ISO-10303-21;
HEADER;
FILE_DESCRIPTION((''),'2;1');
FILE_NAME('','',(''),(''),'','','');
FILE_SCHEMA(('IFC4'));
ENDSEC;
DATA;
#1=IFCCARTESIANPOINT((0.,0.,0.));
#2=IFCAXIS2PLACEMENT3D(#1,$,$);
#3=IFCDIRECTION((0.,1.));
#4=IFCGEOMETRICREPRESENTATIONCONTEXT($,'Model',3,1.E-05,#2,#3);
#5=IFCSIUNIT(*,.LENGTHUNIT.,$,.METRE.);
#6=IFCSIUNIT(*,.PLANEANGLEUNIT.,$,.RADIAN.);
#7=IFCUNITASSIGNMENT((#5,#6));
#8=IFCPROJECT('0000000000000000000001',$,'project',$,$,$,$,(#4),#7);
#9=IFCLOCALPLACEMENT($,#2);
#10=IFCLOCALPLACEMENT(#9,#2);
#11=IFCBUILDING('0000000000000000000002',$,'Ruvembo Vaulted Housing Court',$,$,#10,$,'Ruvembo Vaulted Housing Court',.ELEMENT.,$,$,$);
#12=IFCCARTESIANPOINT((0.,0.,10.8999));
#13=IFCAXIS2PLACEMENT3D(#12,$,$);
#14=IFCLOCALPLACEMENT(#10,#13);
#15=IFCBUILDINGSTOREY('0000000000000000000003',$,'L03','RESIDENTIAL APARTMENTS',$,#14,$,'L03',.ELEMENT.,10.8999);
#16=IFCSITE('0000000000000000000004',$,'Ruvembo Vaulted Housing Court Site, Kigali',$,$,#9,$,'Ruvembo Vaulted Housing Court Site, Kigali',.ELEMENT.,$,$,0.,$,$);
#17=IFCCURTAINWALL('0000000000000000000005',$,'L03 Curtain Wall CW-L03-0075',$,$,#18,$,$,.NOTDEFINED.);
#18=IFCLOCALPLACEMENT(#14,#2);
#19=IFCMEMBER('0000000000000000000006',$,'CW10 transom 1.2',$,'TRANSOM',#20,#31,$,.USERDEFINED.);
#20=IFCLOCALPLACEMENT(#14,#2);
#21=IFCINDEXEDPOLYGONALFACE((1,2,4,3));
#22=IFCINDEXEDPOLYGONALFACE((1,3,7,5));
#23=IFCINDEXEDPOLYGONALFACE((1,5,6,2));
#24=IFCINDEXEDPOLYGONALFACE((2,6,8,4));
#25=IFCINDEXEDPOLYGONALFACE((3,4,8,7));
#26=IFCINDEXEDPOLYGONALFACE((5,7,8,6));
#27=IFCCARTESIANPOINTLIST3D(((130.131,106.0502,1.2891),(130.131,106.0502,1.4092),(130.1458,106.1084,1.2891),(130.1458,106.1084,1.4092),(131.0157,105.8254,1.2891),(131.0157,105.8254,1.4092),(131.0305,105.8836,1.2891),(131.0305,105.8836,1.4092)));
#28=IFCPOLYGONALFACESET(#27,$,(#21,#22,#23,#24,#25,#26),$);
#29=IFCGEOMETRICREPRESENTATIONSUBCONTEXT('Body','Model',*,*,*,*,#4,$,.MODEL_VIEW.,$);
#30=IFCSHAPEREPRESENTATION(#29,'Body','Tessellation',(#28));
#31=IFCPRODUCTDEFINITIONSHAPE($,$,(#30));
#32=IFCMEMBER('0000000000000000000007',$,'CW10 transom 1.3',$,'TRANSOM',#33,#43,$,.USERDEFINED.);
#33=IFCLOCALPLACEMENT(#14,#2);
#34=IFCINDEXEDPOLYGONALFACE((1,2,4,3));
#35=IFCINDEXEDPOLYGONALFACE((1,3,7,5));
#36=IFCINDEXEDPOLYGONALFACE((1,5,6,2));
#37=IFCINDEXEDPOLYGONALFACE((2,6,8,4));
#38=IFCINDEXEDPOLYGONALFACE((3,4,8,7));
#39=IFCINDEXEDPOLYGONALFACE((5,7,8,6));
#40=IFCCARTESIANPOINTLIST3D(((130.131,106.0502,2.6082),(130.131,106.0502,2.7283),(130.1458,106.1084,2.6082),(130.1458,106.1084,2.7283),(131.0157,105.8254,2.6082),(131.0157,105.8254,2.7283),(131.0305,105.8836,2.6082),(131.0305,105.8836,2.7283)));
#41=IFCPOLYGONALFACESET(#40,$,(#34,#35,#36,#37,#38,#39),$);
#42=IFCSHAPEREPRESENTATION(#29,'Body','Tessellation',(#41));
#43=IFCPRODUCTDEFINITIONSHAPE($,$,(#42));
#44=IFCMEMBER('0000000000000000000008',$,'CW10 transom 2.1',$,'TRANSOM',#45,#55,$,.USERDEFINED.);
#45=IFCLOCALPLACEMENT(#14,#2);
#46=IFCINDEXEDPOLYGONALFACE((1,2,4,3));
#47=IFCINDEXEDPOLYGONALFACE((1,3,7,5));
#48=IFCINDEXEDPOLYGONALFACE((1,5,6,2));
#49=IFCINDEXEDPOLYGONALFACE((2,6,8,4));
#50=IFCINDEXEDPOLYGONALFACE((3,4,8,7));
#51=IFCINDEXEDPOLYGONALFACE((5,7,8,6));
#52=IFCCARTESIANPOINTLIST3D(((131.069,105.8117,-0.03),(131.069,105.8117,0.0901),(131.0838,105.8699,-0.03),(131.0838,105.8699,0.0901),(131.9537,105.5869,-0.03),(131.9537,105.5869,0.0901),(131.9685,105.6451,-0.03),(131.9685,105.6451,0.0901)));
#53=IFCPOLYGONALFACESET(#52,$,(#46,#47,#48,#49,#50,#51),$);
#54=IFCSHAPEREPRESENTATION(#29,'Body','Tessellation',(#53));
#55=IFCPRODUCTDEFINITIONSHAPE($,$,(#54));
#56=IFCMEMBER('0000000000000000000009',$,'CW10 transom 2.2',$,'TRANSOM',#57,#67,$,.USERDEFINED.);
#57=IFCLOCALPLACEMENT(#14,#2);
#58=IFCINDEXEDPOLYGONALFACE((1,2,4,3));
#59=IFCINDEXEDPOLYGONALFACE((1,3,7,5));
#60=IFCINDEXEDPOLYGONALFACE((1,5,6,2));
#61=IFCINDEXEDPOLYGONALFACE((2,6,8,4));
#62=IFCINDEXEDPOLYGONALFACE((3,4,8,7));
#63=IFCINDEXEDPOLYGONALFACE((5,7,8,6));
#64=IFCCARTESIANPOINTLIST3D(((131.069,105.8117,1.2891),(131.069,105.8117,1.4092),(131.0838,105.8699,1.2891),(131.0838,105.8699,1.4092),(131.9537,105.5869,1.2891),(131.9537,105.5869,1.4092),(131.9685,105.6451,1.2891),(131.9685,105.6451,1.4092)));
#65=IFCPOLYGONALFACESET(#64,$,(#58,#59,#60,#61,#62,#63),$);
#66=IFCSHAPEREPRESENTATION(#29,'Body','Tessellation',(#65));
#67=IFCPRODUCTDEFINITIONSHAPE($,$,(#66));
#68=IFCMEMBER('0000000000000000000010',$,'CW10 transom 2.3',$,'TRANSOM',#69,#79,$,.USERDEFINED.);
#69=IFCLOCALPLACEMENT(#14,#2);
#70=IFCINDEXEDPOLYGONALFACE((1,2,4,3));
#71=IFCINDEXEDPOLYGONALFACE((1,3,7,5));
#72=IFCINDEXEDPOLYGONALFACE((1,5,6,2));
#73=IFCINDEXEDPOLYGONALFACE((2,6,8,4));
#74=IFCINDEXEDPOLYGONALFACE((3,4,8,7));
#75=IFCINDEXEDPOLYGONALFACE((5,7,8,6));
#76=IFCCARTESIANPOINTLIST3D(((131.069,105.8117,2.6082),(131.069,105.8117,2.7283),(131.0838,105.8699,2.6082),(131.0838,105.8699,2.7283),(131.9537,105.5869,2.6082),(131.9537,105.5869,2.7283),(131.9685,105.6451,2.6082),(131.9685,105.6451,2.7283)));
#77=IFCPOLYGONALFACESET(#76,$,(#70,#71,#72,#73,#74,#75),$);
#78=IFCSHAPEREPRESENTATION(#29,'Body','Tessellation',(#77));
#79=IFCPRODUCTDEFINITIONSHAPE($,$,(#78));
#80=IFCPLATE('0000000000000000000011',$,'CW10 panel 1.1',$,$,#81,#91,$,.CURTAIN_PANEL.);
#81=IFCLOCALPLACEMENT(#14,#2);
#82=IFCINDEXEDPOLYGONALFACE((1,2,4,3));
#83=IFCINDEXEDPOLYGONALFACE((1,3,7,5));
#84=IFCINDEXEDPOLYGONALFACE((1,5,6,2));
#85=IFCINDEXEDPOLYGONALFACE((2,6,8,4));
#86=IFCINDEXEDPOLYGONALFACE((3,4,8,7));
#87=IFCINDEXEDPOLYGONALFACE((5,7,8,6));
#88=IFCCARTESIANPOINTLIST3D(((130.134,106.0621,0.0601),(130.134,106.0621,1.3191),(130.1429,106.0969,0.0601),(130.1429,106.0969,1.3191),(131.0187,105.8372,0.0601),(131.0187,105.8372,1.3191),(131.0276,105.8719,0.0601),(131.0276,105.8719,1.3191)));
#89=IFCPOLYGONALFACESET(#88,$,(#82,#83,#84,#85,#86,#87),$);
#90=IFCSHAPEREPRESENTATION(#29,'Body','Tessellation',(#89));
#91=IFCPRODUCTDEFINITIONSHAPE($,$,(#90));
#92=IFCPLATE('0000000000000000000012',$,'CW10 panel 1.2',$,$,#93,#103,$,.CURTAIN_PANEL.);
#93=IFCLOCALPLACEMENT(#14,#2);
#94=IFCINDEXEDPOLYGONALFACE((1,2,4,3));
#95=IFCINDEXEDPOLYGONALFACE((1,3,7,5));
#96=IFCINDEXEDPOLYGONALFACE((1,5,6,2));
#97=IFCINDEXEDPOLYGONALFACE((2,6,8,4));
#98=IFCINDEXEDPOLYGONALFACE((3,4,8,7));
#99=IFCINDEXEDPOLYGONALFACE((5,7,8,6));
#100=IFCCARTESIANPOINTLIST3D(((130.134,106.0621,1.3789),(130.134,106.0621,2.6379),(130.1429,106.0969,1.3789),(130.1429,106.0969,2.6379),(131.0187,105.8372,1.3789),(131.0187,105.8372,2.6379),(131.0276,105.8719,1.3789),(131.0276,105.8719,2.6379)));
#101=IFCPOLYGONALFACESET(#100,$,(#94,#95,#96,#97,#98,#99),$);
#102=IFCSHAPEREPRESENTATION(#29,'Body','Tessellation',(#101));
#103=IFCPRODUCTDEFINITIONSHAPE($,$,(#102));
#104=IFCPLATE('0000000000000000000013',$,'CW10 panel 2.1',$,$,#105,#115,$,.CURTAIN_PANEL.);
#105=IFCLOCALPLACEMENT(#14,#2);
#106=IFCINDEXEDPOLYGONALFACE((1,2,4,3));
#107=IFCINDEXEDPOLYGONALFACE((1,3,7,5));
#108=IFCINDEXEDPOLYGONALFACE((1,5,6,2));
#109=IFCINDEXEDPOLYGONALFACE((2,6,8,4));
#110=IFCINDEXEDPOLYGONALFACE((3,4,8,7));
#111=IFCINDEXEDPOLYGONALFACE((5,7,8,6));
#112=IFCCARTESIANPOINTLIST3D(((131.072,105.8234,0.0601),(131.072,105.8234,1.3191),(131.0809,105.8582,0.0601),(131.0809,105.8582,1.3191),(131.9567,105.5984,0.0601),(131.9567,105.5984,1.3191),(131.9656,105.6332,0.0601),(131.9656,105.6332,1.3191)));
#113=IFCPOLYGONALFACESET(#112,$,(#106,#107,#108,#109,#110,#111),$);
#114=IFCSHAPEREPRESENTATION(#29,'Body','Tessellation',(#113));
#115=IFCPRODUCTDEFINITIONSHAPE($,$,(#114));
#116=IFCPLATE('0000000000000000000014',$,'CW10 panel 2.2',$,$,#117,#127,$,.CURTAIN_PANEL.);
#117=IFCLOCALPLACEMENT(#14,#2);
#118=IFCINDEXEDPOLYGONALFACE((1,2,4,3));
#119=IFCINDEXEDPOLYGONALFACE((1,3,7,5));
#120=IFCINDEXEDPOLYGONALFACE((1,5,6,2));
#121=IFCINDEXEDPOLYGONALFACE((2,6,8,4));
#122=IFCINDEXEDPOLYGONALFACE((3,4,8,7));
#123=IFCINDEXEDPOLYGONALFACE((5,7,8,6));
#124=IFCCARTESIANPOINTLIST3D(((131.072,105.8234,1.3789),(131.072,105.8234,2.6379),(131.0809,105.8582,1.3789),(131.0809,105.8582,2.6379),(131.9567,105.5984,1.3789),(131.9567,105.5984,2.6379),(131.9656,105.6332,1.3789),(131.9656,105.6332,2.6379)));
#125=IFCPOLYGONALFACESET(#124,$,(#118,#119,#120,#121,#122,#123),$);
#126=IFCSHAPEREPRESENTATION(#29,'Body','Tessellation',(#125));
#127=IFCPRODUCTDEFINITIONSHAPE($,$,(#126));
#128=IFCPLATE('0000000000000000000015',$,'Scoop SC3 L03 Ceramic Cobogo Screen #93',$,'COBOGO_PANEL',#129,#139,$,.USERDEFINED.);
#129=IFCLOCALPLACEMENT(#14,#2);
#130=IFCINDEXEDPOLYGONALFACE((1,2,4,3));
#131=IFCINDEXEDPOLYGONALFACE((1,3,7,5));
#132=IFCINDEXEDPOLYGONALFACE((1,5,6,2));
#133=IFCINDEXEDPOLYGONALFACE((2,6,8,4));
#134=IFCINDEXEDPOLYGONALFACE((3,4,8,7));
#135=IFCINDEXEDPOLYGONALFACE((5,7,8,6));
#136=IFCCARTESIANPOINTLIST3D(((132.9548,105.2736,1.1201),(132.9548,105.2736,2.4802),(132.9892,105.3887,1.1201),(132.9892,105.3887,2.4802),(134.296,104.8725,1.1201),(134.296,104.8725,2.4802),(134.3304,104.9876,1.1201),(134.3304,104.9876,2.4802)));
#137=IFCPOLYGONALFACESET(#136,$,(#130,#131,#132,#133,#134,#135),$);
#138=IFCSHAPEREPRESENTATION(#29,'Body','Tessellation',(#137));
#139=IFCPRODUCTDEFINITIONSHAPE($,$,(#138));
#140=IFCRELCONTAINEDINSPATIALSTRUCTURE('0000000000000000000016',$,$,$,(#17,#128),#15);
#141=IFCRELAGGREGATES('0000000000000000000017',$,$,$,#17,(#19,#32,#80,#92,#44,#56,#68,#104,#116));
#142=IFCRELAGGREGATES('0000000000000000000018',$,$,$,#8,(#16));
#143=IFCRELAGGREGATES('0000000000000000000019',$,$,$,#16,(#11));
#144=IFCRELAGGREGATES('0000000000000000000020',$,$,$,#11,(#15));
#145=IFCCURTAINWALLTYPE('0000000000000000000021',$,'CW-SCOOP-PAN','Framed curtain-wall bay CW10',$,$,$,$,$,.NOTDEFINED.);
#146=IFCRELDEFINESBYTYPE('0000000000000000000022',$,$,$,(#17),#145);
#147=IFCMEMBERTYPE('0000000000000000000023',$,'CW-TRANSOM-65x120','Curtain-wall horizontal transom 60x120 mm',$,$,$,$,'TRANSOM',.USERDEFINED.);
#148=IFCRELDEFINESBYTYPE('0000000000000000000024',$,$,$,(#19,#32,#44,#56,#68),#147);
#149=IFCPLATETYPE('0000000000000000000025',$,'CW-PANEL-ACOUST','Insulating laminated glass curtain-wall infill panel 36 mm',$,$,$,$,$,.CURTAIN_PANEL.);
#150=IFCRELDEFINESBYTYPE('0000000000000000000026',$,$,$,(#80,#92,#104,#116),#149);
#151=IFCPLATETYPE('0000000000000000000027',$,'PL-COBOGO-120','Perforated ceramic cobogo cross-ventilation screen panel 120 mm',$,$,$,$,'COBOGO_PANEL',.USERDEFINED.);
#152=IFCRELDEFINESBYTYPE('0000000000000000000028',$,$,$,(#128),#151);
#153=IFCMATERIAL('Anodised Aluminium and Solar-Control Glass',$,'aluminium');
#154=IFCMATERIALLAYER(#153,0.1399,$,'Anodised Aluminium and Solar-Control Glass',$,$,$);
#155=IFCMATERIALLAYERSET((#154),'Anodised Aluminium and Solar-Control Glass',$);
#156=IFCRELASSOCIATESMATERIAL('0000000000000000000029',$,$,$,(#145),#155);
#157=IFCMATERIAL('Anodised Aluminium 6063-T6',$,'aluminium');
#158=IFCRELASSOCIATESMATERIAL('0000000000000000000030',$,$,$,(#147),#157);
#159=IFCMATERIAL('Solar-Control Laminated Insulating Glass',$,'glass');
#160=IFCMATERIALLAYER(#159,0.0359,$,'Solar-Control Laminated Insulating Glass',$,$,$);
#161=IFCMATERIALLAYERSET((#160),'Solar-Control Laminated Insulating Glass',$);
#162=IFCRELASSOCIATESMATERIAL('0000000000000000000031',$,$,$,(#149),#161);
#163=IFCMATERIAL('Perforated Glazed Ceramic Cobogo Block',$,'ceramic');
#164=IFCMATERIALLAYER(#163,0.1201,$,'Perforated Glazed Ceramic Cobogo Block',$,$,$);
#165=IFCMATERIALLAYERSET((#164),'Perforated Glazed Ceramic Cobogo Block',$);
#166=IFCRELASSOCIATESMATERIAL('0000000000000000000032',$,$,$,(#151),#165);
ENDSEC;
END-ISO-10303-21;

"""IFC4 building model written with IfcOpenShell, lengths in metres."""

from ifc_helpers import new_model, si_unit, direction, frame, origin, origin_2d, place, context, subcontext, project, spatial, rectangle, extrude, material, layer, layer_set, material_profile, profile_set, type_object, element, aggregate, save


model = new_model("IFC4")

# Units and contexts
model_context = context("Model", 3, precision=1e-05, world=origin(), true_north=direction((0.0, 1.0)))
body_context = subcontext(model_context, "Body", "Model", "MODEL_VIEW")
ifc_project = project(units=[si_unit("LENGTHUNIT", "METRE"), si_unit("PLANEANGLEUNIT", "RADIAN")], contexts=[model_context])

# Site, building, storey
site_placement = place(None, origin())
site = spatial("IfcSite", under=ifc_project, at=site_placement, Name="Ruvembo Vaulted Housing Court Site, Kigali", LongName="Ruvembo Vaulted Housing Court Site, Kigali", CompositionType="ELEMENT", RefElevation=0.0)
building_placement = place(site_placement, origin())
building = spatial("IfcBuilding", under=site, at=building_placement, Name="Ruvembo Vaulted Housing Court", LongName="Ruvembo Vaulted Housing Court", CompositionType="ELEMENT")
storey_placement = place(building_placement, frame((0.0, 0.0, 10.8999)))
storey = spatial("IfcBuildingStorey", under=building, at=storey_placement, Name="L03", Description="RESIDENTIAL APARTMENTS", LongName="L03", CompositionType="ELEMENT", Elevation=10.8999)

# Curtain wall, members, plates
ifc_material_1 = material(Name="Anodised Aluminium and Solar-Control Glass", Category="aluminium")
ifc_layer_1 = layer(ifc_material_1, 0.1399, Name="Anodised Aluminium and Solar-Control Glass")
ifc_layer_set_1 = layer_set([ifc_layer_1], Name="Anodised Aluminium and Solar-Control Glass")
curtain_wall_type = type_object("IfcCurtainWallType", Name="CW-SCOOP-PAN", Description="Framed curtain-wall bay CW10", PredefinedType="NOTDEFINED", material=ifc_layer_set_1)
curtain_wall_placement = place(storey_placement, origin())
curtain_wall = element("IfcCurtainWall", 1, at=curtain_wall_placement, inside=storey, type_object=curtain_wall_type, Name="L03 Curtain Wall CW-L03-0075", PredefinedType="NOTDEFINED")
ifc_material_2 = material(Name="Anodised Aluminium 6063-T6", Category="aluminium")
ifc_material_profile_1 = material_profile(ifc_material_2, rectangle(XDim=0.0601, YDim=0.1201, at=origin_2d()), Name="ALU 60x120")
ifc_profile_set_1 = profile_set([ifc_material_profile_1], Name="Anodised Aluminium 6063-T6")
member_type_1 = type_object("IfcMemberType", Name="CW-TRANSOM-65x120", Description="Curtain-wall horizontal transom 60x120 mm", ElementType="TRANSOM", PredefinedType="USERDEFINED", material=ifc_profile_set_1)
member_1_placement = place(storey_placement, frame((130.1384, 106.0793, 1.3491), z_axis=(0.969191, -0.246309, 0.0), x_axis=(0.246309, 0.969191, 0.0)))
member_1 = element("IfcMember", 2, at=member_1_placement, type_object=member_type_1, Name="CW10 transom 1.2", ObjectType="TRANSOM", PredefinedType="USERDEFINED", context=body_context, shape_type="SweptSolid", body=[
    extrude(rectangle(XDim=0.0601, YDim=0.1201, at=origin_2d()), origin(), (0.0, 0.0, 1.0), 0.9128),
])
member_2_placement = place(storey_placement, frame((130.1384, 106.0793, 2.6682), z_axis=(0.969191, -0.246309, 0.0), x_axis=(0.246309, 0.969191, 0.0)))
member_2 = element("IfcMember", 3, at=member_2_placement, type_object=member_type_1, Name="CW10 transom 1.3", ObjectType="TRANSOM", PredefinedType="USERDEFINED", context=body_context, shape_type="SweptSolid", body=[
    extrude(rectangle(XDim=0.0601, YDim=0.1201, at=origin_2d()), origin(), (0.0, 0.0, 1.0), 0.9128),
])
member_3_placement = place(storey_placement, frame((131.0764, 105.8408, 0.03), z_axis=(0.969191, -0.246309, 0.0), x_axis=(0.246309, 0.969191, 0.0)))
member_3 = element("IfcMember", 4, at=member_3_placement, type_object=member_type_1, Name="CW10 transom 2.1", ObjectType="TRANSOM", PredefinedType="USERDEFINED", context=body_context, shape_type="SweptSolid", body=[
    extrude(rectangle(XDim=0.0601, YDim=0.1201, at=origin_2d()), origin(), (0.0, 0.0, 1.0), 0.9128),
])
member_4_placement = place(storey_placement, frame((131.0764, 105.8408, 1.3491), z_axis=(0.969191, -0.246309, 0.0), x_axis=(0.246309, 0.969191, 0.0)))
member_4 = element("IfcMember", 5, at=member_4_placement, type_object=member_type_1, Name="CW10 transom 2.2", ObjectType="TRANSOM", PredefinedType="USERDEFINED", context=body_context, shape_type="SweptSolid", body=[
    extrude(rectangle(XDim=0.0601, YDim=0.1201, at=origin_2d()), origin(), (0.0, 0.0, 1.0), 0.9128),
])
member_5_placement = place(storey_placement, frame((131.0764, 105.8408, 2.6682), z_axis=(0.969191, -0.246309, 0.0), x_axis=(0.246309, 0.969191, 0.0)))
member_5 = element("IfcMember", 6, at=member_5_placement, type_object=member_type_1, Name="CW10 transom 2.3", ObjectType="TRANSOM", PredefinedType="USERDEFINED", context=body_context, shape_type="SweptSolid", body=[
    extrude(rectangle(XDim=0.0601, YDim=0.1201, at=origin_2d()), origin(), (0.0, 0.0, 1.0), 0.9128),
])
ifc_material_3 = material(Name="Solar-Control Laminated Insulating Glass", Category="glass")
ifc_layer_2 = layer(ifc_material_3, 0.0359, Name="Solar-Control Laminated Insulating Glass")
ifc_layer_set_2 = layer_set([ifc_layer_2], Name="Solar-Control Laminated Insulating Glass")
plate_type_1 = type_object("IfcPlateType", Name="CW-PANEL-ACOUST", Description="Insulating laminated glass curtain-wall infill panel 36 mm", PredefinedType="CURTAIN_PANEL", material=ifc_layer_set_2)
plate_1_placement = place(storey_placement, frame((130.5808, 105.967, 0.0601), z_axis=(0.0, 0.0, 1.0), x_axis=(0.969148, -0.246481, 0.0)))
plate_1 = element("IfcPlate", 7, at=plate_1_placement, type_object=plate_type_1, Name="CW10 panel 1.1", PredefinedType="CURTAIN_PANEL", context=body_context, shape_type="SweptSolid", body=[
    extrude(rectangle(XDim=0.9128, YDim=0.0359, at=origin_2d()), origin(), (0.0, 0.0, 1.0), 1.259),
])
plate_2_placement = place(storey_placement, frame((130.5808, 105.967, 1.3789), z_axis=(0.0, 0.0, 1.0), x_axis=(0.969148, -0.246481, 0.0)))
plate_2 = element("IfcPlate", 8, at=plate_2_placement, type_object=plate_type_1, Name="CW10 panel 1.2", PredefinedType="CURTAIN_PANEL", context=body_context, shape_type="SweptSolid", body=[
    extrude(rectangle(XDim=0.9128, YDim=0.0359, at=origin_2d()), origin(), (0.0, 0.0, 1.0), 1.259),
])
plate_3_placement = place(storey_placement, frame((131.5188, 105.7283, 0.0601), z_axis=(0.0, 0.0, 1.0), x_axis=(0.969148, -0.246481, 0.0)))
plate_3 = element("IfcPlate", 9, at=plate_3_placement, type_object=plate_type_1, Name="CW10 panel 2.1", PredefinedType="CURTAIN_PANEL", context=body_context, shape_type="SweptSolid", body=[
    extrude(rectangle(XDim=0.9128, YDim=0.0359, at=origin_2d()), origin(), (0.0, 0.0, 1.0), 1.259),
])
plate_4_placement = place(storey_placement, frame((131.5188, 105.7283, 1.3789), z_axis=(0.0, 0.0, 1.0), x_axis=(0.969148, -0.246481, 0.0)))
plate_4 = element("IfcPlate", 10, at=plate_4_placement, type_object=plate_type_1, Name="CW10 panel 2.2", PredefinedType="CURTAIN_PANEL", context=body_context, shape_type="SweptSolid", body=[
    extrude(rectangle(XDim=0.9128, YDim=0.0359, at=origin_2d()), origin(), (0.0, 0.0, 1.0), 1.259),
])
aggregate(curtain_wall, [member_1, member_2, plate_1, plate_2, member_3, member_4, member_5, plate_3, plate_4])

# Plate
ifc_material_4 = material(Name="Perforated Glazed Ceramic Cobogo Block", Category="ceramic")
ifc_layer_3 = layer(ifc_material_4, 0.1201, Name="Perforated Glazed Ceramic Cobogo Block")
ifc_layer_set_3 = layer_set([ifc_layer_3], Name="Perforated Glazed Ceramic Cobogo Block")
plate_type_2 = type_object("IfcPlateType", Name="PL-COBOGO-120", Description="Perforated ceramic cobogo cross-ventilation screen panel 120 mm", ElementType="COBOGO_PANEL", PredefinedType="USERDEFINED", material=ifc_layer_set_3)
plate_5_placement = place(storey_placement, frame((133.6426, 105.1306, 1.1201), z_axis=(0.0, 0.0, 1.0), x_axis=(0.958078, -0.286508, 0.0)))
element("IfcPlate", 11, at=plate_5_placement, inside=storey, type_object=plate_type_2, Name="Scoop SC3 L03 Ceramic Cobogo Screen #93", ObjectType="COBOGO_PANEL", PredefinedType="USERDEFINED", context=body_context, shape_type="SweptSolid", body=[
    extrude(rectangle(XDim=1.3999, YDim=0.1201, at=origin_2d()), origin(), (0.0, 0.0, 1.0), 1.3601),
])

save(model, "model.ifc")
